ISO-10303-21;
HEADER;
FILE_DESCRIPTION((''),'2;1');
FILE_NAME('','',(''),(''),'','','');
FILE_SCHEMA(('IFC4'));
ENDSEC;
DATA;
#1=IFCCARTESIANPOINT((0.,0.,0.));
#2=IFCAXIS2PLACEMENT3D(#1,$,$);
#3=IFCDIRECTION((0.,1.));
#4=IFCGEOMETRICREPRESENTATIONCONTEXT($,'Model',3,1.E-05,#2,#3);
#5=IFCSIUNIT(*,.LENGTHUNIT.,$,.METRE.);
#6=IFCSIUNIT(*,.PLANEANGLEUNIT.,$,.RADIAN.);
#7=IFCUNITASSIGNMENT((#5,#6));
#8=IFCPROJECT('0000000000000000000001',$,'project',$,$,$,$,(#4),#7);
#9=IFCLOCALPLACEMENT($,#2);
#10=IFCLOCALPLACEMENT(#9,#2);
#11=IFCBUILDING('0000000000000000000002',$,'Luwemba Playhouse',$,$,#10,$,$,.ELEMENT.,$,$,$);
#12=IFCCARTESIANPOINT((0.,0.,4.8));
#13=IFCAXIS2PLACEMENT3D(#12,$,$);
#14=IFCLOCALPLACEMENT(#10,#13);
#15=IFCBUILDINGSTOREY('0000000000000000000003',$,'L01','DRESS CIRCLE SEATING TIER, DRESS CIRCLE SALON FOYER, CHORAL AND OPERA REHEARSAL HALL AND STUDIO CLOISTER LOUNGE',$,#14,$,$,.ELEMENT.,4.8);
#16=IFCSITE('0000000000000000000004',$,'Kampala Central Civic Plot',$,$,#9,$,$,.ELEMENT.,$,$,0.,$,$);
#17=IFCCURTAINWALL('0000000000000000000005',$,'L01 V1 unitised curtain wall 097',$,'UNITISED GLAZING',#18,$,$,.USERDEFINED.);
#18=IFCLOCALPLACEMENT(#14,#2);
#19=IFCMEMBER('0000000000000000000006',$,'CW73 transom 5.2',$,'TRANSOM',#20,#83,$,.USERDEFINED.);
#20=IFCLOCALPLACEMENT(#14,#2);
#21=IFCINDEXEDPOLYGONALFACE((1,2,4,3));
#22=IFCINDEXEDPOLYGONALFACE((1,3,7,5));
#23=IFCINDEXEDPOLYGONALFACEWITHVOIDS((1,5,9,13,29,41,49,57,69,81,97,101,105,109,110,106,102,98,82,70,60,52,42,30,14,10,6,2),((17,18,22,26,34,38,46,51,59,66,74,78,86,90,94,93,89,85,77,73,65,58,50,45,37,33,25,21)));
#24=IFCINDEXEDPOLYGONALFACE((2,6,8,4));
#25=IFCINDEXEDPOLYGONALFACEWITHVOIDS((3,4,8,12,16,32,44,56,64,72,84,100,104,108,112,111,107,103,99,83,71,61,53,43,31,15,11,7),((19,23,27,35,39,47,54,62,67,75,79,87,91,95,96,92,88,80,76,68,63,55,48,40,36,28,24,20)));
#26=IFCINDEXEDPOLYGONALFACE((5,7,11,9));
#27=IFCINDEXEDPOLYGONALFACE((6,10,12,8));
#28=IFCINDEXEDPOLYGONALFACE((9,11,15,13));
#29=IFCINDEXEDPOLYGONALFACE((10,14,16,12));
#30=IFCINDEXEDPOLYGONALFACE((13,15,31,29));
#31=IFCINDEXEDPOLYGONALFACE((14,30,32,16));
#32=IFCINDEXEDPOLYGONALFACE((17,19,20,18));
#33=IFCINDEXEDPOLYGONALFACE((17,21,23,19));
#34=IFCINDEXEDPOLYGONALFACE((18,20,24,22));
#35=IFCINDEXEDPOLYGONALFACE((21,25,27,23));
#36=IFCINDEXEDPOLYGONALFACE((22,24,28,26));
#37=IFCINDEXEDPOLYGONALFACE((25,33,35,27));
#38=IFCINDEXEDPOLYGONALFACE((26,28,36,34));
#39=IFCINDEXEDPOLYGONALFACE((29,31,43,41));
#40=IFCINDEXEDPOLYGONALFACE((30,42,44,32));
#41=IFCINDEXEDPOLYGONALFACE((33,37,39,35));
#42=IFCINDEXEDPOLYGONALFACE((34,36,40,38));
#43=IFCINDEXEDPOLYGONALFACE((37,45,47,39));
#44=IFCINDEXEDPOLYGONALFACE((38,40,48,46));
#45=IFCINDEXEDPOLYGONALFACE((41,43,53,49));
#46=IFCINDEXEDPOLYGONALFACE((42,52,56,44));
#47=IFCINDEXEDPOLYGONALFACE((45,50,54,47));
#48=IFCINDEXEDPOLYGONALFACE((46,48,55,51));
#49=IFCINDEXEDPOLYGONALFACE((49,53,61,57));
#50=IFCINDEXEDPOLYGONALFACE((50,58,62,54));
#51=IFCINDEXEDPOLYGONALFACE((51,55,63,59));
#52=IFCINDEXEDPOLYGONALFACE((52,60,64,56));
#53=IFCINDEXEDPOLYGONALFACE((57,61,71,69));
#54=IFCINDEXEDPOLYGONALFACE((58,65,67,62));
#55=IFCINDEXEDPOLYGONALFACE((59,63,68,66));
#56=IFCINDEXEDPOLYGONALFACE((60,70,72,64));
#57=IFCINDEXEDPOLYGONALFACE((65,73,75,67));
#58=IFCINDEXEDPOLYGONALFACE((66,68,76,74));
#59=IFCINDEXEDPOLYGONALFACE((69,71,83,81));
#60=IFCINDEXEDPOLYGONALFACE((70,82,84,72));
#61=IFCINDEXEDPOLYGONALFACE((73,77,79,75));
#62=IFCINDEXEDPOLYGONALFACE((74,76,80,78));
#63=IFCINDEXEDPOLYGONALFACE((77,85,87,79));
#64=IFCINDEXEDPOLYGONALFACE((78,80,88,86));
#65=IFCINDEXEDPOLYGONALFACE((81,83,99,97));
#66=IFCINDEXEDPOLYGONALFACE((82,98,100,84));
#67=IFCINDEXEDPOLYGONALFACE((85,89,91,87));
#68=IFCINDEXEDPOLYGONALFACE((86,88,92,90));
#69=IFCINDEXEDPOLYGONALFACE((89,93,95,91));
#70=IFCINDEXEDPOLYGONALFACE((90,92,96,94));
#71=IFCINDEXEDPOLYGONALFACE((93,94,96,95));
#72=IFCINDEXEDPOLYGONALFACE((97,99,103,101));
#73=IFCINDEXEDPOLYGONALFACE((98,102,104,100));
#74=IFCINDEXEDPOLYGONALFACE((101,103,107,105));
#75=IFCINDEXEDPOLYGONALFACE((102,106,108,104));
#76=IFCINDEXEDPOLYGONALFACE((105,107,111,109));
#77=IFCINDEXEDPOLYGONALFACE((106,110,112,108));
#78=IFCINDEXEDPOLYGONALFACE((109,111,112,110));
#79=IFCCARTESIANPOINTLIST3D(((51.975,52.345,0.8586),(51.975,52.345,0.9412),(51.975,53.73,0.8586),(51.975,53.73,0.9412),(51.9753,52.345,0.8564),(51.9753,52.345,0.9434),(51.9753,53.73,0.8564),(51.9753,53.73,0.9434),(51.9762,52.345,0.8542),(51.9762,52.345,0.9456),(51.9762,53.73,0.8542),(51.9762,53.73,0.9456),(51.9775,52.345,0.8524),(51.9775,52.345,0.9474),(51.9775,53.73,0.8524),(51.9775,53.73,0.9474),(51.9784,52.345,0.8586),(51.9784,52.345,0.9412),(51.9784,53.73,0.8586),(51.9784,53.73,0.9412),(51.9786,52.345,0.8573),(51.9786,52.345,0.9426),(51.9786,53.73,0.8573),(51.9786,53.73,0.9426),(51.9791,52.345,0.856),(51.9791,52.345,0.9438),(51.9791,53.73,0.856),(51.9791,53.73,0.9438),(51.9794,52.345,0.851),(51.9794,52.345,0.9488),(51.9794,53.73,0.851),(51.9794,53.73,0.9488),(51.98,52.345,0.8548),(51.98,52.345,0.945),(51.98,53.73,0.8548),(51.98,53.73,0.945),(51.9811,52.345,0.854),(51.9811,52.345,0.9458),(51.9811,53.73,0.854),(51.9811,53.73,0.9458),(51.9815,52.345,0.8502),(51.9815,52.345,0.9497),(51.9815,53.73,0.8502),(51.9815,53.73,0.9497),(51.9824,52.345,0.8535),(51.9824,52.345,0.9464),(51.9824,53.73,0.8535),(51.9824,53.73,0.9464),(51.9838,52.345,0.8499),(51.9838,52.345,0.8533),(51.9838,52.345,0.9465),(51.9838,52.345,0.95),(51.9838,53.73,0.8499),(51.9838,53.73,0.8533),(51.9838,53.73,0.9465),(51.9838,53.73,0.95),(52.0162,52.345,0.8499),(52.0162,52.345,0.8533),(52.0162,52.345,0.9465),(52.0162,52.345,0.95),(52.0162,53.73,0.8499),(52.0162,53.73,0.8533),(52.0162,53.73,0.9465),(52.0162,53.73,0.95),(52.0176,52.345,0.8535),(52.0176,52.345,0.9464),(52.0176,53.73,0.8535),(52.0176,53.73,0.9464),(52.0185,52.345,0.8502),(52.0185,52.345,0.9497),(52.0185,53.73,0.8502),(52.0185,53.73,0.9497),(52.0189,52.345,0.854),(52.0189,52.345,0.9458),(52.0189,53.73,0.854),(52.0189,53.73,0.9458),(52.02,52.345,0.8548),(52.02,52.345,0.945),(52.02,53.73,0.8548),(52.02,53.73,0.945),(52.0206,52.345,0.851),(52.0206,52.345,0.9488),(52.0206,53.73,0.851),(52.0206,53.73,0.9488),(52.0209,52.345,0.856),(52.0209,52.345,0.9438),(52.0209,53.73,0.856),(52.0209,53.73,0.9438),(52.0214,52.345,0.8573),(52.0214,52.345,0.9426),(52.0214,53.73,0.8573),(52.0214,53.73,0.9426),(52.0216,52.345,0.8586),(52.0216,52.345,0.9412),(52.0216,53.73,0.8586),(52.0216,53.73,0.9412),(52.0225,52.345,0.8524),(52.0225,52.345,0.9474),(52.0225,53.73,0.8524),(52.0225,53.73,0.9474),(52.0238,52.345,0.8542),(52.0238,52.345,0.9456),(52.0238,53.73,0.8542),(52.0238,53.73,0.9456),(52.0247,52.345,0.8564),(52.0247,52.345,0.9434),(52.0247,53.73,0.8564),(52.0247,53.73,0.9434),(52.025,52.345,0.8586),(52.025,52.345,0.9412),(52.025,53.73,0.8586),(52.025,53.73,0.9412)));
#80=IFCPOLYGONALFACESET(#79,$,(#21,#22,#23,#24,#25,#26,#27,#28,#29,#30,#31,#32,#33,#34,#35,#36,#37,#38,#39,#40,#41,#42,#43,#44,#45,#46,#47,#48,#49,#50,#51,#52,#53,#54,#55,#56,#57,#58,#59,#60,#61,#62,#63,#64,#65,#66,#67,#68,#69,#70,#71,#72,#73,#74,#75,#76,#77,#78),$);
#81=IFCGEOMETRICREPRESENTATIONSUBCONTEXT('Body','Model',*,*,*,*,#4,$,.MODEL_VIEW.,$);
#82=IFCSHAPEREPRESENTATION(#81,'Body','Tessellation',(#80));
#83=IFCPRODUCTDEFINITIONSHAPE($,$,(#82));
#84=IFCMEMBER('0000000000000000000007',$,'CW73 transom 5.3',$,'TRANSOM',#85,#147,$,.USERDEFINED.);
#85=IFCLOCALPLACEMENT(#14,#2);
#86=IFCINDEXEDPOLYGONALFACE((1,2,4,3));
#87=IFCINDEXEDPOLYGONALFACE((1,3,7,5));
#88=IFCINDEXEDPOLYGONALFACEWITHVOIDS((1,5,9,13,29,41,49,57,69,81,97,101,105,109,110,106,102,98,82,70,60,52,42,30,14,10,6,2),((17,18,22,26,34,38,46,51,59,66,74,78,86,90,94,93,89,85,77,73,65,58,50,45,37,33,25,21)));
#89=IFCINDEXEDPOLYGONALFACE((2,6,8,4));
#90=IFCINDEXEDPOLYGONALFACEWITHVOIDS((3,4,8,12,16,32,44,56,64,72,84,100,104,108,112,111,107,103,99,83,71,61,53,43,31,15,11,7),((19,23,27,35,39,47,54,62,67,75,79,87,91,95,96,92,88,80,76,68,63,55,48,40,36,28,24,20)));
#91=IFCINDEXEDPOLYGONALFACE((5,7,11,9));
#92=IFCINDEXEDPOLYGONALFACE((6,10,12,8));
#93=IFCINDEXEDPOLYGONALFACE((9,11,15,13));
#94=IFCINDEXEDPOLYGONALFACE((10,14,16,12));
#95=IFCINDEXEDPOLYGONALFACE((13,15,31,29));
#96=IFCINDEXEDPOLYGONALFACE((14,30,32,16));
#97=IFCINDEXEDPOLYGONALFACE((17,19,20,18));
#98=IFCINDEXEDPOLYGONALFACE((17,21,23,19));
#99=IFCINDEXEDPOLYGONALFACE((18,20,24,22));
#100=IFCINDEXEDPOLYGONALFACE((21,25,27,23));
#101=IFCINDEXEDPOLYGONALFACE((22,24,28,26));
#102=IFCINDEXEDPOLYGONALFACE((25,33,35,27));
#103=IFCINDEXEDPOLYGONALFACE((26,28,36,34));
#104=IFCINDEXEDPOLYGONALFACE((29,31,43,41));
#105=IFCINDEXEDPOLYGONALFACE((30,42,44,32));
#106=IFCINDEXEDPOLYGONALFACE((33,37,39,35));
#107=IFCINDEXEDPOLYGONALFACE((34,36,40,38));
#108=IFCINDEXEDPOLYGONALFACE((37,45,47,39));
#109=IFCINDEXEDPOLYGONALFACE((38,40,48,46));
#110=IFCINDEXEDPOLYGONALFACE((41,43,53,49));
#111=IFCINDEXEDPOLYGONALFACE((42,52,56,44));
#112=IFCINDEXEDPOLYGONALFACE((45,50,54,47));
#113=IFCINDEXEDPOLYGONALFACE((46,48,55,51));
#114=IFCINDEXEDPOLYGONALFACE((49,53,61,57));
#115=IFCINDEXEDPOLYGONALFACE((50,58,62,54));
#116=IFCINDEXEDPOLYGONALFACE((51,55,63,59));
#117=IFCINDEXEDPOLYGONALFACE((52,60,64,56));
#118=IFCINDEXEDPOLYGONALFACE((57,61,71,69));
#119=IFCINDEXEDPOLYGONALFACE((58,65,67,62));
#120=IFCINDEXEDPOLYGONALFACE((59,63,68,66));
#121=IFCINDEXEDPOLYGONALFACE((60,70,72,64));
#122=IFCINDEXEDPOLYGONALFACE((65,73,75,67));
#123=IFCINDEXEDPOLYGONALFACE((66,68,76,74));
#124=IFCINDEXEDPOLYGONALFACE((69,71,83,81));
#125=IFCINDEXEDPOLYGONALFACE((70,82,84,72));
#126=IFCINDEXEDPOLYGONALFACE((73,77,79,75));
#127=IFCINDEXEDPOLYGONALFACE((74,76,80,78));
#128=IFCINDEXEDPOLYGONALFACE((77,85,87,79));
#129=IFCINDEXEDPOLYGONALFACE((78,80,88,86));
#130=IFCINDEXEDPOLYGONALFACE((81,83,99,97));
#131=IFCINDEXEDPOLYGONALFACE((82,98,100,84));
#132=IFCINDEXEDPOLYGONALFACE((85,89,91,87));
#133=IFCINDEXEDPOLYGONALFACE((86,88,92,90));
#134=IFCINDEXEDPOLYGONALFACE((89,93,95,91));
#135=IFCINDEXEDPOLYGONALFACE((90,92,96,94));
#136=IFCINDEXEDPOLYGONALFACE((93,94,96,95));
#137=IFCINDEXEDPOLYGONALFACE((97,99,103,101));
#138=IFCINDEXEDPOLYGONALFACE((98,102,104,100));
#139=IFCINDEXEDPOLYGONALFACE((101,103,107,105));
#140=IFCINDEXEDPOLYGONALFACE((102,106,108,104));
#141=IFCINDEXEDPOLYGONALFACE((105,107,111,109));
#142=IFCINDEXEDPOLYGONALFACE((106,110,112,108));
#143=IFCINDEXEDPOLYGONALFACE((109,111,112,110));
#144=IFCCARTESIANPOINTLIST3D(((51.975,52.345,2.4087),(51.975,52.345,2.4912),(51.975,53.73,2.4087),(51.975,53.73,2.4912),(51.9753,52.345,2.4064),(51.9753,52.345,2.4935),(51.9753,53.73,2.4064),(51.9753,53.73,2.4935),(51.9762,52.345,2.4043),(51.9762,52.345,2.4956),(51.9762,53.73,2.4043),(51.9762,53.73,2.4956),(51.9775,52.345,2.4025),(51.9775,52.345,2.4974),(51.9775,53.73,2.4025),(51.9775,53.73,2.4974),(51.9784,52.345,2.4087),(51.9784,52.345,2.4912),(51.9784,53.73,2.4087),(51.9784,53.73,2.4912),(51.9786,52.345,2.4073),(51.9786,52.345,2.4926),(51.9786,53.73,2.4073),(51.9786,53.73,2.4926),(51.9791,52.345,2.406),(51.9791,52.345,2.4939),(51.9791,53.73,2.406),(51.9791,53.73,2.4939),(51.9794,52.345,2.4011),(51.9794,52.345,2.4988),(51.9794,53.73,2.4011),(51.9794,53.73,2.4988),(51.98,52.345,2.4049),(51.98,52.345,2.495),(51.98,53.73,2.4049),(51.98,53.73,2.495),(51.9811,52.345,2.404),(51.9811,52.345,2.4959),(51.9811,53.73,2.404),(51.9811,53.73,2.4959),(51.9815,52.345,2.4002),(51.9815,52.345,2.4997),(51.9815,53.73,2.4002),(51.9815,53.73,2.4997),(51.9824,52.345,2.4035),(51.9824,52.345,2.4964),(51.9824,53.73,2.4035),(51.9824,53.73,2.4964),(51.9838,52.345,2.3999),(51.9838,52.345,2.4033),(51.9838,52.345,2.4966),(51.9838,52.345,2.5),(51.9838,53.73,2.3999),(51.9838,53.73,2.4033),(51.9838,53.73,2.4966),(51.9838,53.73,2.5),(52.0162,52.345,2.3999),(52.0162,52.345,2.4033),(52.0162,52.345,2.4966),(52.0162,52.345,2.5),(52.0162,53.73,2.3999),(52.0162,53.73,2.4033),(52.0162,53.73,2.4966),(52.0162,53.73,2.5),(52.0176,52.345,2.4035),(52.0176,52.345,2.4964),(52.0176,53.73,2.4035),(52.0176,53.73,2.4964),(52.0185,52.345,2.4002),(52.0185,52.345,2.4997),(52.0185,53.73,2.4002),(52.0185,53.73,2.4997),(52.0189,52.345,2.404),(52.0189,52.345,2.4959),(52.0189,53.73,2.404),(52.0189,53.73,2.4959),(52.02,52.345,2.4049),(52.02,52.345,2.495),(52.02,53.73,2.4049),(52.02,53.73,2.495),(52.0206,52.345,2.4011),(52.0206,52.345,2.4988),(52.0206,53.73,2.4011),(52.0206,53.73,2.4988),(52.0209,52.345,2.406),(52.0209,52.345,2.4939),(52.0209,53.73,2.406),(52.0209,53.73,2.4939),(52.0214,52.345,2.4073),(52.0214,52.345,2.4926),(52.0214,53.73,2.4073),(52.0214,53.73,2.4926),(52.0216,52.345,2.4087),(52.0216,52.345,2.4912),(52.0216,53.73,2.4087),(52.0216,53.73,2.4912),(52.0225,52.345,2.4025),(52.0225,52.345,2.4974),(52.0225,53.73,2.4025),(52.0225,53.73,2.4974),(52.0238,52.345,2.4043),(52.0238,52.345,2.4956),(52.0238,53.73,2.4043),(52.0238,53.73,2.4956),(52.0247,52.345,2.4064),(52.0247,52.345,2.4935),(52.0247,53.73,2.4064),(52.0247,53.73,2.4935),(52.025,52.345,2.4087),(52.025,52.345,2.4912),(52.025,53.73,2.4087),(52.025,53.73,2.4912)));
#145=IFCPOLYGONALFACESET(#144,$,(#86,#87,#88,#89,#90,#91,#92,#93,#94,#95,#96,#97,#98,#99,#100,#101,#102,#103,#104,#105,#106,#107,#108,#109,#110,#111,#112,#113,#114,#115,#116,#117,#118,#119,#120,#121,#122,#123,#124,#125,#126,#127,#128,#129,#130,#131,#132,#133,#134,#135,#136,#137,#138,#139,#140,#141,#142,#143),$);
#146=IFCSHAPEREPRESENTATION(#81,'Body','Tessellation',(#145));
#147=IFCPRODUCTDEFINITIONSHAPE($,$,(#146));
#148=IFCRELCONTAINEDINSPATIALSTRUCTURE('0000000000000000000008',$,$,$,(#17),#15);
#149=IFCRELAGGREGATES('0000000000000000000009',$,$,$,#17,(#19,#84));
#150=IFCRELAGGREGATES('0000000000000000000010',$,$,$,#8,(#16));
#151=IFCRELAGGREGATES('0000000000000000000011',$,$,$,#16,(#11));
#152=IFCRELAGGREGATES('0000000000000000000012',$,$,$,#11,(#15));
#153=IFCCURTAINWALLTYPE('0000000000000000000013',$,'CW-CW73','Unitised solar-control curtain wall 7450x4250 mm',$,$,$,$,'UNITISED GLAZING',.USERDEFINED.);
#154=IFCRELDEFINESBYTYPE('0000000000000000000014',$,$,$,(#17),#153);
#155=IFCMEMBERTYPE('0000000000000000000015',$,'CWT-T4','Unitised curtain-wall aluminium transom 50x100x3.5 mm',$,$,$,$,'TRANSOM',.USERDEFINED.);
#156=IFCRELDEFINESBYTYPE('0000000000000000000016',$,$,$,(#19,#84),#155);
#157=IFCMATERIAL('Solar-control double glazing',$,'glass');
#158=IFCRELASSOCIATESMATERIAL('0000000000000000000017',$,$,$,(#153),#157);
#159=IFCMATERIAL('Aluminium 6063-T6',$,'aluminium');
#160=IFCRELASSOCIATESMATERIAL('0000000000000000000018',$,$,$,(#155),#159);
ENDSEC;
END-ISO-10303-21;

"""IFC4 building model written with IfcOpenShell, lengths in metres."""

from ifc_helpers import new_model, si_unit, direction, frame, origin, origin_2d, place, context, subcontext, project, spatial, hollow_rectangle, extrude, material, material_profile, profile_set, type_object, element, aggregate, save


model = new_model("IFC4")

# Units and contexts
model_context = context("Model", 3, precision=1e-05, world=origin(), true_north=direction((0.0, 1.0)))
body_context = subcontext(model_context, "Body", "Model", "MODEL_VIEW")
ifc_project = project(units=[si_unit("LENGTHUNIT", "METRE"), si_unit("PLANEANGLEUNIT", "RADIAN")], contexts=[model_context])

# Site, building, storey
site_placement = place(None, origin())
site = spatial("IfcSite", under=ifc_project, at=site_placement, Name="Kampala Central Civic Plot", CompositionType="ELEMENT", RefElevation=0.0)
building_placement = place(site_placement, origin())
building = spatial("IfcBuilding", under=site, at=building_placement, Name="Luwemba Playhouse", CompositionType="ELEMENT")
storey_placement = place(building_placement, frame((0.0, 0.0, 4.8)))
storey = spatial("IfcBuildingStorey", under=building, at=storey_placement, Name="L01", Description="DRESS CIRCLE SEATING TIER, DRESS CIRCLE SALON FOYER, CHORAL AND OPERA REHEARSAL HALL AND STUDIO CLOISTER LOUNGE", CompositionType="ELEMENT", Elevation=4.8)

# Curtain wall, members
ifc_material_1 = material(Name="Solar-control double glazing", Category="glass")
curtain_wall_type = type_object("IfcCurtainWallType", Name="CW-CW73", Description="Unitised solar-control curtain wall 7450x4250 mm", ElementType="UNITISED GLAZING", PredefinedType="USERDEFINED", material=ifc_material_1)
curtain_wall_placement = place(storey_placement, origin())
curtain_wall = element("IfcCurtainWall", 1, at=curtain_wall_placement, inside=storey, type_object=curtain_wall_type, Name="L01 V1 unitised curtain wall 097", ObjectType="UNITISED GLAZING", PredefinedType="USERDEFINED")
ifc_material_2 = material(Name="Aluminium 6063-T6", Category="aluminium")
ifc_material_profile_1 = material_profile(ifc_material_2, hollow_rectangle(XDim=0.05, YDim=0.1001, WallThickness=0.0034, InnerFilletRadius=0.0054, OuterFilletRadius=0.0088, at=origin_2d()))
ifc_profile_set_1 = profile_set([ifc_material_profile_1], Name="Aluminium 6063-T6")
member_type_1 = type_object("IfcMemberType", Name="CWT-T4", Description="Unitised curtain-wall aluminium transom 50x100x3.5 mm", ElementType="TRANSOM", PredefinedType="USERDEFINED", material=ifc_profile_set_1)
member_1_placement = place(storey_placement, frame((52.0, 53.73, 0.8999), z_axis=(0.0, -1.0, 0.0), x_axis=(1.0, 0.0, 0.0)))
member_1 = element("IfcMember", 2, at=member_1_placement, type_object=member_type_1, Name="CW73 transom 5.2", ObjectType="TRANSOM", PredefinedType="USERDEFINED", context=body_context, shape_type="SweptSolid", body=[
    extrude(hollow_rectangle(XDim=0.05, YDim=0.1001, WallThickness=0.0034, InnerFilletRadius=0.0054, OuterFilletRadius=0.0088, at=origin_2d()), origin(), (0.0, 0.0, 1.0), 1.385),
])
member_2_placement = place(storey_placement, frame((52.0, 53.73, 2.45), z_axis=(0.0, -1.0, 0.0), x_axis=(1.0, 0.0, 0.0)))
member_2 = element("IfcMember", 3, at=member_2_placement, type_object=member_type_1, Name="CW73 transom 5.3", ObjectType="TRANSOM", PredefinedType="USERDEFINED", context=body_context, shape_type="SweptSolid", body=[
    extrude(hollow_rectangle(XDim=0.05, YDim=0.1001, WallThickness=0.0034, InnerFilletRadius=0.0054, OuterFilletRadius=0.0088, at=origin_2d()), origin(), (0.0, 0.0, 1.0), 1.385),
])
aggregate(curtain_wall, [member_1, member_2])

save(model, "model.ifc")
